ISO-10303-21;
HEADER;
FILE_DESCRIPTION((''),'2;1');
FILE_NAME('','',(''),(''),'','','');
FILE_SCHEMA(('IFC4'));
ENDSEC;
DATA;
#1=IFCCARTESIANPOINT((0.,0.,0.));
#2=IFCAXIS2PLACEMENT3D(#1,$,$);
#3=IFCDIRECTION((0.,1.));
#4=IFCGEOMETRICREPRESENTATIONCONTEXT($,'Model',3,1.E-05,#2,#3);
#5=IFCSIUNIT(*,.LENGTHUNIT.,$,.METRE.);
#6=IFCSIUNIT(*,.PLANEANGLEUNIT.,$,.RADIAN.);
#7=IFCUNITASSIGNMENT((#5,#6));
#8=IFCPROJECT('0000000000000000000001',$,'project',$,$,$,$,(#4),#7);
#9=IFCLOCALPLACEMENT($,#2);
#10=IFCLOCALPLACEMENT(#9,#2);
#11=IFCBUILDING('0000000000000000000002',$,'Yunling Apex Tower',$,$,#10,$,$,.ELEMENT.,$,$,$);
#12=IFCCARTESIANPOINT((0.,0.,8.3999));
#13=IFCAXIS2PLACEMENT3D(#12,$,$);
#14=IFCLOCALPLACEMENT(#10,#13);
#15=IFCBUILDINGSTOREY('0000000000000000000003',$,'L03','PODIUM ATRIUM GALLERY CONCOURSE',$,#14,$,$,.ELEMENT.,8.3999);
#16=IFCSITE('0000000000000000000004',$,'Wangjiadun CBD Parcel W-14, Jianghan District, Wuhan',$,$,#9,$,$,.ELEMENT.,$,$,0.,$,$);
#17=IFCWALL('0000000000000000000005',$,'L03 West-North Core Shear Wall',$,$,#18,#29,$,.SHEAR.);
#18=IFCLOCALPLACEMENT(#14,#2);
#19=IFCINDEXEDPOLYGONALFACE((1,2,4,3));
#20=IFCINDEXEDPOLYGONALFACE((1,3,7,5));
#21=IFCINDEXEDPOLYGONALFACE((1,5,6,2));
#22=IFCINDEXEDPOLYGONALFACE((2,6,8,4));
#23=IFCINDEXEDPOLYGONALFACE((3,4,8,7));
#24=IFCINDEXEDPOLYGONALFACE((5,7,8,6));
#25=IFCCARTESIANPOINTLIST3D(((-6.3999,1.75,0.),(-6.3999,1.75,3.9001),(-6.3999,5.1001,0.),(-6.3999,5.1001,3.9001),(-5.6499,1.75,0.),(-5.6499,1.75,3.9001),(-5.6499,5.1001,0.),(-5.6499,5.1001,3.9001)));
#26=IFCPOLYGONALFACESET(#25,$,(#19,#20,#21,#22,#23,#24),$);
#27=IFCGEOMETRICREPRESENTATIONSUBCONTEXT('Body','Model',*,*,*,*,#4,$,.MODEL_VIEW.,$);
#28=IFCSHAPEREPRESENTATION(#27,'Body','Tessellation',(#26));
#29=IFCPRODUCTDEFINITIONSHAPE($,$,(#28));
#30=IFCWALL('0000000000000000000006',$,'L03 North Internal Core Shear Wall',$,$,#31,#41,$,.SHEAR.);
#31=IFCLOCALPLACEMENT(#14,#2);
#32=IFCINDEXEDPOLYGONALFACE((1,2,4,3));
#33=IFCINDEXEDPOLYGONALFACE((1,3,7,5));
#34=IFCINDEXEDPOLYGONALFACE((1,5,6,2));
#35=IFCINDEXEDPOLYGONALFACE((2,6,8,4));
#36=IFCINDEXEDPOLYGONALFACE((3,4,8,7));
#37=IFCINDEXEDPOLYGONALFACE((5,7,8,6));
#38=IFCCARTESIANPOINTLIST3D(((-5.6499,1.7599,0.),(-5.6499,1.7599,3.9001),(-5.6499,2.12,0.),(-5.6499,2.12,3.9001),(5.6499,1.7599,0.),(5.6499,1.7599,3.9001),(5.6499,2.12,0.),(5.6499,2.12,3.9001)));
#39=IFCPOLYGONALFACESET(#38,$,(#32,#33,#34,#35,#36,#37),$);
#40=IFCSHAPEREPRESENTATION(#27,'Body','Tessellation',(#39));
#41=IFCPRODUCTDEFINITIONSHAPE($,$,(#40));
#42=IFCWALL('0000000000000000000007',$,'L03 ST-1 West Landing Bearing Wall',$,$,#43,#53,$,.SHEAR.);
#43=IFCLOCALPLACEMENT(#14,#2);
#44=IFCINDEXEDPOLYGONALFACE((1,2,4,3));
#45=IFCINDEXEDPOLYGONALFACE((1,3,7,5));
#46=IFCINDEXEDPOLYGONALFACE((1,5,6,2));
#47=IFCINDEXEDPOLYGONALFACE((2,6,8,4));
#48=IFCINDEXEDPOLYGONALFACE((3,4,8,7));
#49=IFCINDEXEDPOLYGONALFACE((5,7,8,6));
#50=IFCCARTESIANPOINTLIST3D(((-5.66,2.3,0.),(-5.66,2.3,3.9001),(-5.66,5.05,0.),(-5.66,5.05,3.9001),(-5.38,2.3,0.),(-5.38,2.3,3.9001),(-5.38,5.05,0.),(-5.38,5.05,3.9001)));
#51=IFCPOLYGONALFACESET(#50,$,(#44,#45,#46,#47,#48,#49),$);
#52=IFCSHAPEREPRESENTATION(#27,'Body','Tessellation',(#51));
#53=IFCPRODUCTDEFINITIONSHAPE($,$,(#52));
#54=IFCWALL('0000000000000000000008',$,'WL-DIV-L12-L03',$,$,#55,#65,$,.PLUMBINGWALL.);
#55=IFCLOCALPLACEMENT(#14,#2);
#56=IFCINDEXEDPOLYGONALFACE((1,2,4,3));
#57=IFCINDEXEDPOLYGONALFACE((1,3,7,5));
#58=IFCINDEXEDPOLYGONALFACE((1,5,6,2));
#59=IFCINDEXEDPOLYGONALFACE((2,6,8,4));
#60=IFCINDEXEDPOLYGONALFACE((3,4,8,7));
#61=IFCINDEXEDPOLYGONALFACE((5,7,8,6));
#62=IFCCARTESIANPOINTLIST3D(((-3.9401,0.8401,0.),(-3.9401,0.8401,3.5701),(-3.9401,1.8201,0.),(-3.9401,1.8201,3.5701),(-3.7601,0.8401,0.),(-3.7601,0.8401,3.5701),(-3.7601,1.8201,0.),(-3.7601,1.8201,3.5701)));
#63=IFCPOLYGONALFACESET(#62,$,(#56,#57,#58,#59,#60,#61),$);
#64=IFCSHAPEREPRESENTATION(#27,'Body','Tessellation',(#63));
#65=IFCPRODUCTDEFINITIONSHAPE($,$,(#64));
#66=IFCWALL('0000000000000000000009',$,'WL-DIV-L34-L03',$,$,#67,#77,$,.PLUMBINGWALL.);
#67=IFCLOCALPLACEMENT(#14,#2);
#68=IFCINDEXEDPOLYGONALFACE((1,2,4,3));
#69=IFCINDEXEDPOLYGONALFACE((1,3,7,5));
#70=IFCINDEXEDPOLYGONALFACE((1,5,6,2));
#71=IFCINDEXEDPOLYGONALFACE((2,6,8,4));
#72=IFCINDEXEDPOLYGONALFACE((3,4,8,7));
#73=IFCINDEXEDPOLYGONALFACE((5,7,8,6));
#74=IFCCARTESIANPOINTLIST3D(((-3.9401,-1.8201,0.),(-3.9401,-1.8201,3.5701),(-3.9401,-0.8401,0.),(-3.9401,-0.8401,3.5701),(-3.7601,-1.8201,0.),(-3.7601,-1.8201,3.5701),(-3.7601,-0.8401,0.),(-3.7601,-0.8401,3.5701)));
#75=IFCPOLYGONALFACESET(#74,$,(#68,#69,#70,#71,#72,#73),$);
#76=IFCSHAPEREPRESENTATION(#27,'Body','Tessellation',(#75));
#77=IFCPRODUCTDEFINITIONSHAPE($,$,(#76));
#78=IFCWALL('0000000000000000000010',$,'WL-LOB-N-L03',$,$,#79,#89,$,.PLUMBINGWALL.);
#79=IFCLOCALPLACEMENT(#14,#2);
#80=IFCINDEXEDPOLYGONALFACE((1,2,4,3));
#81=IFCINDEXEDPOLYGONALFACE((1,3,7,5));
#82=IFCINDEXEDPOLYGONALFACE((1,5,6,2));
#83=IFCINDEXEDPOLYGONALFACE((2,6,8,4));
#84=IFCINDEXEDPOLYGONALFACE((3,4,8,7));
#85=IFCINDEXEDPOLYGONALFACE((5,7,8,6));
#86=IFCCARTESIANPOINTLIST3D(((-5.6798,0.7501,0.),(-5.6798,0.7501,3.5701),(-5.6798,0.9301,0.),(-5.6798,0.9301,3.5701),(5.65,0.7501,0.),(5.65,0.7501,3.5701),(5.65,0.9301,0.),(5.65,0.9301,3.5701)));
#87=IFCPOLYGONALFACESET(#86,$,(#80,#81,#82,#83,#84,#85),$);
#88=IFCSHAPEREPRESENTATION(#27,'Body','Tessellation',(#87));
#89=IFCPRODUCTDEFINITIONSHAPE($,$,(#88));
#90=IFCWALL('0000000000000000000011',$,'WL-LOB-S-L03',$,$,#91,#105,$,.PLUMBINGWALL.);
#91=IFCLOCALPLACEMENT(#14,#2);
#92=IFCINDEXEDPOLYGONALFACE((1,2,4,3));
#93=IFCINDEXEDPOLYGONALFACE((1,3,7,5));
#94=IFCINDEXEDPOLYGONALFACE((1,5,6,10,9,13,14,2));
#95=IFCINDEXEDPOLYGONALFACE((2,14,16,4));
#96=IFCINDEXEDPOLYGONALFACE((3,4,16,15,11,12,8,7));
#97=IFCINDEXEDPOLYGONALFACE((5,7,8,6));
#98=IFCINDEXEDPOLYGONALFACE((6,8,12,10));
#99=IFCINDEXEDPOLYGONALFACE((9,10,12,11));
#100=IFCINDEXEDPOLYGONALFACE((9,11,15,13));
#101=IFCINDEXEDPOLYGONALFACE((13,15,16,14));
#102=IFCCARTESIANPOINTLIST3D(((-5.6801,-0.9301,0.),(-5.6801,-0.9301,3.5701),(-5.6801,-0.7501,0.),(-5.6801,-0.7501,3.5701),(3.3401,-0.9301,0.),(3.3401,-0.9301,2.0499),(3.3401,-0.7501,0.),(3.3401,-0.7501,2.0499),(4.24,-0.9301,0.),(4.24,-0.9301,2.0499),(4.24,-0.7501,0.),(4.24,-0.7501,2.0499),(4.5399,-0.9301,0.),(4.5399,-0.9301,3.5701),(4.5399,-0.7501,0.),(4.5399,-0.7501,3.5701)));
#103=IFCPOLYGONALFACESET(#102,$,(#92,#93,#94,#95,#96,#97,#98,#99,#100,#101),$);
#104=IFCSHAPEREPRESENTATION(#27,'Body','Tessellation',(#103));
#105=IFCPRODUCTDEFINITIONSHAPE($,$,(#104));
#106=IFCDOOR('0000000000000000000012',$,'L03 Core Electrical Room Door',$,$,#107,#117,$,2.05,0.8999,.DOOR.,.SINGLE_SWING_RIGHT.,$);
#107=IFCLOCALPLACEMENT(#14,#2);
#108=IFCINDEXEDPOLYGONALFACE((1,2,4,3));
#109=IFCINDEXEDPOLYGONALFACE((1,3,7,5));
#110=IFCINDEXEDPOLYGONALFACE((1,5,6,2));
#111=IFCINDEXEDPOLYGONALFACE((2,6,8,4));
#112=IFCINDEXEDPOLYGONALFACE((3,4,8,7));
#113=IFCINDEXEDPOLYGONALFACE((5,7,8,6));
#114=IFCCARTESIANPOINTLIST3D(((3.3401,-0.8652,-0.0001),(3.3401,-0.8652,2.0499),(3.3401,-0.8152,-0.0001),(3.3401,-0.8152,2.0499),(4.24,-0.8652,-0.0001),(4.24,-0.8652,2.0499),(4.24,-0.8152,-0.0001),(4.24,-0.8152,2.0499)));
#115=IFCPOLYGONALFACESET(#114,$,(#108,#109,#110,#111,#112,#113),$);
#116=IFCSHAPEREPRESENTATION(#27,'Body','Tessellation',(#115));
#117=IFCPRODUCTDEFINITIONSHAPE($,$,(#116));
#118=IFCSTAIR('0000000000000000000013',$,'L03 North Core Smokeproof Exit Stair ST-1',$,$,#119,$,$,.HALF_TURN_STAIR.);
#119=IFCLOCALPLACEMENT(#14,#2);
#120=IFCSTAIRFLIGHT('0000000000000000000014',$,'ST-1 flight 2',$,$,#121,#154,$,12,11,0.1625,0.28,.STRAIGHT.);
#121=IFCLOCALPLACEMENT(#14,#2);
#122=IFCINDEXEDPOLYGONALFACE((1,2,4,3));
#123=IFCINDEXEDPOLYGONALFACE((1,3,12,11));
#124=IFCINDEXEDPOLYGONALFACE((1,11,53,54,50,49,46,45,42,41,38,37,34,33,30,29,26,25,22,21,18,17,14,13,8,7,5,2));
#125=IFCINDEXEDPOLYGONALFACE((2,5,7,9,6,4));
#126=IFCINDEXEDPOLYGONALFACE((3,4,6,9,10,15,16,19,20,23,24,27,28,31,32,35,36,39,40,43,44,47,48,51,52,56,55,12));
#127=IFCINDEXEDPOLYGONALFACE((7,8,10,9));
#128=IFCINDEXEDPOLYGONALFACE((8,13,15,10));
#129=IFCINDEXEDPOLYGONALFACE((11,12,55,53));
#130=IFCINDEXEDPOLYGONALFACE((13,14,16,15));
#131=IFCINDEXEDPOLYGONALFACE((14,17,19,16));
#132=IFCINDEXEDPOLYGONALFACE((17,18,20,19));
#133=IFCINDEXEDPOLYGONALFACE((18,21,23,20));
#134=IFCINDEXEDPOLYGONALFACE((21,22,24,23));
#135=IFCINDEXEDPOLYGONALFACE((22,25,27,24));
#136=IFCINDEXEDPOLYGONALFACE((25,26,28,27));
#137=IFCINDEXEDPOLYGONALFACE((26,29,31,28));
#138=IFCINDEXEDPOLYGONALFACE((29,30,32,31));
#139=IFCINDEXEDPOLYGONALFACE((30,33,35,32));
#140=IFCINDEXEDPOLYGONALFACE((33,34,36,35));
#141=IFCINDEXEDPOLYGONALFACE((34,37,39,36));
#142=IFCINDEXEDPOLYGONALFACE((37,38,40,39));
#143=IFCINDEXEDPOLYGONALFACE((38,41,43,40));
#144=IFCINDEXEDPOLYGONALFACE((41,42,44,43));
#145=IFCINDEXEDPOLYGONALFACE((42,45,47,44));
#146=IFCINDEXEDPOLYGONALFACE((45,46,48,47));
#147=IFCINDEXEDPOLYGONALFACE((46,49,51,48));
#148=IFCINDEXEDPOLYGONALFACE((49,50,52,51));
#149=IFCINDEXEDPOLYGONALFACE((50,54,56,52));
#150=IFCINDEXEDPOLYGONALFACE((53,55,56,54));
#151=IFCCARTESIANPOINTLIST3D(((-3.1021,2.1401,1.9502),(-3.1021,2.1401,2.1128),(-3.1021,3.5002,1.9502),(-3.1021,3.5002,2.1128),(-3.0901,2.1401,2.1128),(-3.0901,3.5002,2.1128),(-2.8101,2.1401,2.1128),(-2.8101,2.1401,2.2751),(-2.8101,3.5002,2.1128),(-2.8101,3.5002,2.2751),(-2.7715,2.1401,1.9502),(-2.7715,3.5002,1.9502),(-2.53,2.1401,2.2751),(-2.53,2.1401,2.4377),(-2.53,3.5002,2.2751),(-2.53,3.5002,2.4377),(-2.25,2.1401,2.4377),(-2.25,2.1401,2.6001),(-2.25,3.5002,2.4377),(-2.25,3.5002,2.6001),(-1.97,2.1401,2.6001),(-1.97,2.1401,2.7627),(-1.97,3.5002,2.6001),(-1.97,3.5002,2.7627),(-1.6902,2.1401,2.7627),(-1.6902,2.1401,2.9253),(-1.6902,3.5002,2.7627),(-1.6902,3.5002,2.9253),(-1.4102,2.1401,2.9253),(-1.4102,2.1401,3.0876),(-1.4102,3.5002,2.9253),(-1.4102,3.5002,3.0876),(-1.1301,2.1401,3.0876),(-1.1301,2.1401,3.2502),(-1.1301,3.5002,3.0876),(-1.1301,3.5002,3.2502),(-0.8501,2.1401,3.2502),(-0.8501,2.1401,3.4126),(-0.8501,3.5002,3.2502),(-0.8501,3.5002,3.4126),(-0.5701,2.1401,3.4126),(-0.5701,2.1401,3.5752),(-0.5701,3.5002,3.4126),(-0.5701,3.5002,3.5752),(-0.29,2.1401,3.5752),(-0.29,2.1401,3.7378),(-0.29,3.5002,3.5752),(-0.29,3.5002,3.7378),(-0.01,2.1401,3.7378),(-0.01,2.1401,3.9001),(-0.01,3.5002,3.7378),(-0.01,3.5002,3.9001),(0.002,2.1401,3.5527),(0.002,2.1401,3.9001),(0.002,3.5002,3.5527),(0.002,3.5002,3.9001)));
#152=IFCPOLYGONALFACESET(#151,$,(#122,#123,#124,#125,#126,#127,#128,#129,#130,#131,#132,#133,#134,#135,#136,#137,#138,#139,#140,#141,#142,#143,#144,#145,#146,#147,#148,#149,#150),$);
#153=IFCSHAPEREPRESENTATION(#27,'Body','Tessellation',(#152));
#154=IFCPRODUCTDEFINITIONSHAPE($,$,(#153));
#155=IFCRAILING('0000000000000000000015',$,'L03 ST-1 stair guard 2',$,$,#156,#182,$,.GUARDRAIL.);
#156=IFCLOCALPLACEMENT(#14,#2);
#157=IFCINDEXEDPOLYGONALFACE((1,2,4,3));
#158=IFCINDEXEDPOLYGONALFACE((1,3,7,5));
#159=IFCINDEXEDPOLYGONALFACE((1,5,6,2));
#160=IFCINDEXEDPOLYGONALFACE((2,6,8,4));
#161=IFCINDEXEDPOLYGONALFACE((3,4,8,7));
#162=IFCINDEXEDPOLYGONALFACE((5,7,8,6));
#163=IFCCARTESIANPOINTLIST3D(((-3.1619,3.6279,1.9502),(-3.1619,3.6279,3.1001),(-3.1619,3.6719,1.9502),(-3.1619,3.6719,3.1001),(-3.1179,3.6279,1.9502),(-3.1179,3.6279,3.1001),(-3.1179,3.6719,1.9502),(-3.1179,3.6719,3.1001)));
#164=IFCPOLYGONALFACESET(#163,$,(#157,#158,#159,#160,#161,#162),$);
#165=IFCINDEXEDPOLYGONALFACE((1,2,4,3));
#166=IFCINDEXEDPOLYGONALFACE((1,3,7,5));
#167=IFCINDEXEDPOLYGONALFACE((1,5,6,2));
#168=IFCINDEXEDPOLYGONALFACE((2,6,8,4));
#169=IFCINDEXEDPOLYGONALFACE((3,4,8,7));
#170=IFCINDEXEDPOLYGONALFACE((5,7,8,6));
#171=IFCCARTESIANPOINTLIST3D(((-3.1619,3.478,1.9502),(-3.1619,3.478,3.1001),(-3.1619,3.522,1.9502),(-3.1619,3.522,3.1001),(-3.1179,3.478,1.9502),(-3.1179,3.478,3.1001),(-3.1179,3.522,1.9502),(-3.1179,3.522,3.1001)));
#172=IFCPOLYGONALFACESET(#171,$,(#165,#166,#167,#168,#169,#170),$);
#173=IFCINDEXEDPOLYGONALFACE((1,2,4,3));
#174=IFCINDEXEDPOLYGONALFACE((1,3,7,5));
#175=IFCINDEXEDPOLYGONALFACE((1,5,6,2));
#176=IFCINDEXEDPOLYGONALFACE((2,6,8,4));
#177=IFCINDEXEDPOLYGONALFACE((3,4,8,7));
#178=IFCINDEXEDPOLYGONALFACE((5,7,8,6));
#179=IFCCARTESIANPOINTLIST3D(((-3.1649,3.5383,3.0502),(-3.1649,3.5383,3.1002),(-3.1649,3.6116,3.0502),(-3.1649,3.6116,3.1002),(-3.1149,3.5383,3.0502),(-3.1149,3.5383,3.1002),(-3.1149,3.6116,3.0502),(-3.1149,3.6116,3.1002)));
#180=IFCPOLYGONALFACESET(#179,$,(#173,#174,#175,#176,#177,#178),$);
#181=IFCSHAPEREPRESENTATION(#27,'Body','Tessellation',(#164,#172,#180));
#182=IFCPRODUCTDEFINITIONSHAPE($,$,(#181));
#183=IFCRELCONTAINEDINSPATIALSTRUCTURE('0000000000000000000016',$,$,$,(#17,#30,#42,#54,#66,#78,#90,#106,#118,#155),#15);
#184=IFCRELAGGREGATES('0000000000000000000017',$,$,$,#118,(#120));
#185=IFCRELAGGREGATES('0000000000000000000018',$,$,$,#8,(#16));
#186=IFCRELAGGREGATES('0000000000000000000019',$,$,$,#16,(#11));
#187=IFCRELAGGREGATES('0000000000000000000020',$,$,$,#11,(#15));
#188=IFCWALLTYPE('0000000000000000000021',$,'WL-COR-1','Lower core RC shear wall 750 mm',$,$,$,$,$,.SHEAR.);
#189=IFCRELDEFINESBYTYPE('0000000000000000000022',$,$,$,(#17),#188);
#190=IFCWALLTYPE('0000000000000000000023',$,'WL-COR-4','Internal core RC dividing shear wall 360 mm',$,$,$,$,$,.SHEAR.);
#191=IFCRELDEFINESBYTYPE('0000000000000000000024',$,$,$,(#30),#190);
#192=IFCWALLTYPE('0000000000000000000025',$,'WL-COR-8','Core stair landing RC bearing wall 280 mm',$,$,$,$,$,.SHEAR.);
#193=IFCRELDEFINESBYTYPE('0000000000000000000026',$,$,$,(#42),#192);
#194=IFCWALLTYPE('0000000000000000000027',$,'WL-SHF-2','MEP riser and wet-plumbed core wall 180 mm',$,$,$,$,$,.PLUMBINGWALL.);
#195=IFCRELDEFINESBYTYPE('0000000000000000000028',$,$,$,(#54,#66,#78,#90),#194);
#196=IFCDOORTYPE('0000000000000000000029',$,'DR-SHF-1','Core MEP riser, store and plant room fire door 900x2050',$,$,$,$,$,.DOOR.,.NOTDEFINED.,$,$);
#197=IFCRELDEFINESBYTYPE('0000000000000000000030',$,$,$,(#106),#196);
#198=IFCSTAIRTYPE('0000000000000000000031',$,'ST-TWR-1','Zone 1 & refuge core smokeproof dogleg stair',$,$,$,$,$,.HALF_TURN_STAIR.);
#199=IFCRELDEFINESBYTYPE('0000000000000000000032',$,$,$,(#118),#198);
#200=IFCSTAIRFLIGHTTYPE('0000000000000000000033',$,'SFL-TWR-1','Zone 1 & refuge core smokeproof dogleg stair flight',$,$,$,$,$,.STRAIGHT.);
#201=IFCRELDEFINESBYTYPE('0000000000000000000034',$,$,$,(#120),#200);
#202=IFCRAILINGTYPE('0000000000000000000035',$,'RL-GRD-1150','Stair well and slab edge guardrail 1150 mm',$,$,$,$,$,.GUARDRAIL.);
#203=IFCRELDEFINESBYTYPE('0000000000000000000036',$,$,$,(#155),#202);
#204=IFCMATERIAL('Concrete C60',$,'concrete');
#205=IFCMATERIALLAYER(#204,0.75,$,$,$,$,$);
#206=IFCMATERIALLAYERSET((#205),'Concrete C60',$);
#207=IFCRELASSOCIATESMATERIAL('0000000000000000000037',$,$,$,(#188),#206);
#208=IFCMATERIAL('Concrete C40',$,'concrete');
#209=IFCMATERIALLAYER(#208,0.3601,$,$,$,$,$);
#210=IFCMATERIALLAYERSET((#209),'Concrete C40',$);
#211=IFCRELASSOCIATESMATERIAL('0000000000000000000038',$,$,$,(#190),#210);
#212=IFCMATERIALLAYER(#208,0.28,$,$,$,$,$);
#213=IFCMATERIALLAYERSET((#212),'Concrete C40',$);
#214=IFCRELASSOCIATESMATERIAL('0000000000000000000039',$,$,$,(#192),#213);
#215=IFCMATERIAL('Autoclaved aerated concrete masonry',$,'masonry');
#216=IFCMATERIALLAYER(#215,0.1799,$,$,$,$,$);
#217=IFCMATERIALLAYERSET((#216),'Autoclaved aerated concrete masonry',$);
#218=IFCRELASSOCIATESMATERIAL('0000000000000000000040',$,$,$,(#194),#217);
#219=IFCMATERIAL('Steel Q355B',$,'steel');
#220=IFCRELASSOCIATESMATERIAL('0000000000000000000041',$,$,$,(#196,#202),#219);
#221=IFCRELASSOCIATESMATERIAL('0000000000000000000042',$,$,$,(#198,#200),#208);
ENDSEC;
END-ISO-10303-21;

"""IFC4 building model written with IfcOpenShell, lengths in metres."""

from ifc_helpers import new_model, si_unit, direction, frame, frame_2d, origin, origin_2d, place, context, subcontext, project, spatial, polyline, rectangle, outline, extrude, material, layer, layer_set, type_object, element, fill, aggregate, save


model = new_model("IFC4")

# Units and contexts
model_context = context("Model", 3, precision=1e-05, world=origin(), true_north=direction((0.0, 1.0)))
body_context = subcontext(model_context, "Body", "Model", "MODEL_VIEW")
ifc_project = project(units=[si_unit("LENGTHUNIT", "METRE"), si_unit("PLANEANGLEUNIT", "RADIAN")], contexts=[model_context])

# Site, building, storey
site_placement = place(None, origin())
site = spatial("IfcSite", under=ifc_project, at=site_placement, Name="Wangjiadun CBD Parcel W-14, Jianghan District, Wuhan", CompositionType="ELEMENT", RefElevation=0.0)
building_placement = place(site_placement, origin())
building = spatial("IfcBuilding", under=site, at=building_placement, Name="Yunling Apex Tower", CompositionType="ELEMENT")
storey_placement = place(building_placement, frame((0.0, 0.0, 8.3999)))
storey = spatial("IfcBuildingStorey", under=building, at=storey_placement, Name="L03", Description="PODIUM ATRIUM GALLERY CONCOURSE", CompositionType="ELEMENT", Elevation=8.3999)

# Shared definitions
ifc_material_1 = material(Name="Steel Q355B", Category="steel")
ifc_material_2 = material(Name="Concrete C60", Category="concrete")

# Walls
ifc_layer_1 = layer(ifc_material_2, 0.75)
ifc_layer_set_1 = layer_set([ifc_layer_1], Name="Concrete C60")
wall_type_1 = type_object("IfcWallType", Name="WL-COR-1", Description="Lower core RC shear wall 750 mm", PredefinedType="SHEAR", material=ifc_layer_set_1)
wall_1_placement = place(storey_placement, frame((-6.0249, 1.75, 0.0), z_axis=(0.0, 0.0, 1.0), x_axis=(0.0, 1.0, 0.0)))
element("IfcWall", 1, at=wall_1_placement, inside=storey, type_object=wall_type_1, Name="L03 West-North Core Shear Wall", PredefinedType="SHEAR", context=body_context, shape_type="SweptSolid", body=[
    extrude(rectangle(XDim=3.3501, YDim=0.75, at=frame_2d((1.675, 0.0))), origin(), (0.0, 0.0, 1.0), 3.9001),
])
ifc_material_3 = material(Name="Concrete C40", Category="concrete")
ifc_layer_2 = layer(ifc_material_3, 0.3601)
ifc_layer_set_2 = layer_set([ifc_layer_2], Name="Concrete C40")
wall_type_2 = type_object("IfcWallType", Name="WL-COR-4", Description="Internal core RC dividing shear wall 360 mm", PredefinedType="SHEAR", material=ifc_layer_set_2)
wall_2_placement = place(storey_placement, frame((-5.6499, 1.9399, 0.0), z_axis=(0.0, 0.0, 1.0), x_axis=(1.0, 0.0, 0.0)))
element("IfcWall", 2, at=wall_2_placement, inside=storey, type_object=wall_type_2, Name="L03 North Internal Core Shear Wall", PredefinedType="SHEAR", context=body_context, shape_type="SweptSolid", body=[
    extrude(rectangle(XDim=11.2998, YDim=0.3601, at=frame_2d((5.6499, 0.0))), origin(), (0.0, 0.0, 1.0), 3.9001),
])
ifc_layer_3 = layer(ifc_material_3, 0.28)
ifc_layer_set_3 = layer_set([ifc_layer_3], Name="Concrete C40")
wall_type_3 = type_object("IfcWallType", Name="WL-COR-8", Description="Core stair landing RC bearing wall 280 mm", PredefinedType="SHEAR", material=ifc_layer_set_3)
wall_3_placement = place(storey_placement, frame((-5.52, 2.3, 0.0), z_axis=(0.0, 0.0, 1.0), x_axis=(0.0, 1.0, 0.0)))
element("IfcWall", 3, at=wall_3_placement, inside=storey, type_object=wall_type_3, Name="L03 ST-1 West Landing Bearing Wall", PredefinedType="SHEAR", context=body_context, shape_type="SweptSolid", body=[
    extrude(rectangle(XDim=2.75, YDim=0.28, at=frame_2d((1.375, 0.0))), origin(), (0.0, 0.0, 1.0), 3.9001),
])
ifc_material_4 = material(Name="Autoclaved aerated concrete masonry", Category="masonry")
ifc_layer_4 = layer(ifc_material_4, 0.1799)
ifc_layer_set_4 = layer_set([ifc_layer_4], Name="Autoclaved aerated concrete masonry")
wall_type_4 = type_object("IfcWallType", Name="WL-SHF-2", Description="MEP riser and wet-plumbed core wall 180 mm", PredefinedType="PLUMBINGWALL", material=ifc_layer_set_4)
for number, where, z_axis, x_axis, name in (
    (4, (-3.8501, 0.8401, 0.0), (0.0, 0.0, 1.0), (0.0, 1.0, 0.0), "WL-DIV-L12-L03"),
    (5, (-3.8501, -1.8201, 0.0), (0.0, 0.0, 1.0), (0.0, 1.0, 0.0), "WL-DIV-L34-L03"),
):
    element("IfcWall", number, at=place(storey_placement, frame(where, z_axis=z_axis, x_axis=x_axis)), inside=storey, type_object=wall_type_4, Name=name, PredefinedType="PLUMBINGWALL", context=body_context, shape_type="SweptSolid", body=[
        extrude(rectangle(XDim=0.98, YDim=0.1799, at=frame_2d((0.49, 0.0))), origin(), (0.0, 0.0, 1.0), 3.5701),
    ])
wall_4_placement = place(storey_placement, frame((-5.6799, 0.8401, 0.0), z_axis=(0.0, 0.0, 1.0), x_axis=(1.0, 0.0, 0.0)))
element("IfcWall", 6, at=wall_4_placement, inside=storey, type_object=wall_type_4, Name="WL-LOB-N-L03", PredefinedType="PLUMBINGWALL", context=body_context, shape_type="SweptSolid", body=[
    extrude(rectangle(XDim=11.3298, YDim=0.1799, at=frame_2d((5.665, 0.0))), origin(), (0.0, 0.0, 1.0), 3.5701),
])

# Wall, opening, door
wall_5_placement = place(storey_placement, frame((-5.6799, -0.8401, 0.0), z_axis=(0.0, 0.0, 1.0), x_axis=(1.0, 0.0, 0.0)))
wall_5 = element("IfcWall", 7, at=wall_5_placement, inside=storey, type_object=wall_type_4, Name="WL-LOB-S-L03", PredefinedType="PLUMBINGWALL", context=body_context, shape_type="SweptSolid", body=[
    extrude(rectangle(XDim=10.22, YDim=0.1799, at=frame_2d((5.1099, 0.0))), origin(), (0.0, 0.0, 1.0), 3.5701),
])
opening_placement = place(wall_5_placement, frame((9.02, 0.0, 0.0)))
opening = element("IfcOpeningElement", 8, at=opening_placement, cuts=wall_5, PredefinedType="OPENING", context=body_context, shape_type="SweptSolid", body=[
    extrude(rectangle(XDim=0.8999, YDim=2.05, at=frame_2d((0.45, 1.0249))), frame((0.0, 0.1001, 0.0), z_axis=(0.0, -1.0, 0.0), x_axis=(1.0, 0.0, 0.0)), (0.0, 0.0, 1.0), 0.2),
])
door_type = type_object("IfcDoorType", Name="DR-SHF-1", Description="Core MEP riser, store and plant room fire door 900x2050", OperationType="NOTDEFINED", PredefinedType="DOOR", material=ifc_material_1)
door_placement = place(opening_placement, origin())
door = element("IfcDoor", 9, at=door_placement, inside=storey, type_object=door_type, Name="L03 Core Electrical Room Door", OperationType="SINGLE_SWING_RIGHT", OverallHeight=2.05, OverallWidth=0.8999, PredefinedType="DOOR", context=body_context, shape_type="SweptSolid", body=[
    extrude(rectangle(XDim=0.8999, YDim=2.05, at=frame_2d((0.45, 1.0249))), frame((0.0, 0.0249, 0.0), z_axis=(0.0, -1.0, 0.0), x_axis=(1.0, 0.0, 0.0)), (0.0, 0.0, 1.0), 0.05),
])
fill(opening, door)

# Stair, stair flight
stair_type = type_object("IfcStairType", Name="ST-TWR-1", Description="Zone 1 & refuge core smokeproof dogleg stair", PredefinedType="HALF_TURN_STAIR", material=ifc_material_3)
stair_placement = place(storey_placement, origin())
stair = element("IfcStair", 10, at=stair_placement, inside=storey, type_object=stair_type, Name="L03 North Core Smokeproof Exit Stair ST-1", PredefinedType="HALF_TURN_STAIR")
stair_flight_type = type_object("IfcStairFlightType", Name="SFL-TWR-1", Description="Zone 1 & refuge core smokeproof dogleg stair flight", PredefinedType="STRAIGHT", material=ifc_material_3)
stair_flight_placement = place(storey_placement, frame((-3.0901, 2.8201, 1.9502), z_axis=(0.0, 0.0, 1.0), x_axis=(1.0, 0.0, 0.0)))
stair_flight = element("IfcStairFlight", 11, at=stair_flight_placement, type_object=stair_flight_type, Name="ST-1 flight 2", NumberOfRisers=12, NumberOfTreads=11, PredefinedType="STRAIGHT", RiserHeight=0.1625, TreadLength=0.28, context=body_context, shape_type="SweptSolid", body=[
    extrude(outline(polyline([(-0.012, 0.0), (-0.012, 0.1626), (0.0, 0.1626), (0.28, 0.1626), (0.28, 0.325), (0.5601, 0.325), (0.5601, 0.4875), (0.8401, 0.4875), (0.8401, 0.6499), (1.1201, 0.6499), (1.1201, 0.8125), (1.3999, 0.8125), (1.3999, 0.9751), (1.6799, 0.9751), (1.6799, 1.1375), (1.96, 1.1375), (1.96, 1.3), (2.24, 1.3), (2.24, 1.4624), (2.52, 1.4624), (2.52, 1.625), (2.8, 1.625), (2.8, 1.7876), (3.0801, 1.7876), (3.0801, 1.95), (3.092, 1.95), (3.092, 1.6025), (0.3186, 0.0), (-0.012, 0.0)])), frame((0.0, 0.6802, 0.0), z_axis=(0.0, -1.0, 0.0), x_axis=(1.0, 0.0, 0.0)), (0.0, 0.0, 1.0), 1.3601),
])
aggregate(stair, [stair_flight])

# Railing
railing_type_1 = type_object("IfcRailingType", Name="RL-GRD-1150", Description="Stair well and slab edge guardrail 1150 mm", PredefinedType="GUARDRAIL", material=ifc_material_1)
railing_1_placement = place(storey_placement, frame((-3.1399, 3.6499, 1.9502)))
element("IfcRailing", 12, at=railing_1_placement, inside=storey, type_object=railing_type_1, Name="L03 ST-1 stair guard 2", PredefinedType="GUARDRAIL", context=body_context, shape_type="SweptSolid", body=[
    extrude(rectangle(XDim=0.0439, YDim=0.0439, at=origin_2d()), origin(), (0.0, 0.0, 1.0), 1.1499),
    extrude(rectangle(XDim=0.0439, YDim=0.0439, at=origin_2d()), frame((0.0, -0.1499, 0.0)), (0.0, 0.0, 1.0), 1.1499),
    extrude(rectangle(XDim=0.05, YDim=0.05, at=origin_2d()), frame((0.0, -0.0383, 1.125), z_axis=(0.0, -1.0, 0.0), x_axis=(1.0, 0.0, 0.0)), (0.0, 0.0, 1.0), 0.0732),
])

save(model, "model.ifc")
